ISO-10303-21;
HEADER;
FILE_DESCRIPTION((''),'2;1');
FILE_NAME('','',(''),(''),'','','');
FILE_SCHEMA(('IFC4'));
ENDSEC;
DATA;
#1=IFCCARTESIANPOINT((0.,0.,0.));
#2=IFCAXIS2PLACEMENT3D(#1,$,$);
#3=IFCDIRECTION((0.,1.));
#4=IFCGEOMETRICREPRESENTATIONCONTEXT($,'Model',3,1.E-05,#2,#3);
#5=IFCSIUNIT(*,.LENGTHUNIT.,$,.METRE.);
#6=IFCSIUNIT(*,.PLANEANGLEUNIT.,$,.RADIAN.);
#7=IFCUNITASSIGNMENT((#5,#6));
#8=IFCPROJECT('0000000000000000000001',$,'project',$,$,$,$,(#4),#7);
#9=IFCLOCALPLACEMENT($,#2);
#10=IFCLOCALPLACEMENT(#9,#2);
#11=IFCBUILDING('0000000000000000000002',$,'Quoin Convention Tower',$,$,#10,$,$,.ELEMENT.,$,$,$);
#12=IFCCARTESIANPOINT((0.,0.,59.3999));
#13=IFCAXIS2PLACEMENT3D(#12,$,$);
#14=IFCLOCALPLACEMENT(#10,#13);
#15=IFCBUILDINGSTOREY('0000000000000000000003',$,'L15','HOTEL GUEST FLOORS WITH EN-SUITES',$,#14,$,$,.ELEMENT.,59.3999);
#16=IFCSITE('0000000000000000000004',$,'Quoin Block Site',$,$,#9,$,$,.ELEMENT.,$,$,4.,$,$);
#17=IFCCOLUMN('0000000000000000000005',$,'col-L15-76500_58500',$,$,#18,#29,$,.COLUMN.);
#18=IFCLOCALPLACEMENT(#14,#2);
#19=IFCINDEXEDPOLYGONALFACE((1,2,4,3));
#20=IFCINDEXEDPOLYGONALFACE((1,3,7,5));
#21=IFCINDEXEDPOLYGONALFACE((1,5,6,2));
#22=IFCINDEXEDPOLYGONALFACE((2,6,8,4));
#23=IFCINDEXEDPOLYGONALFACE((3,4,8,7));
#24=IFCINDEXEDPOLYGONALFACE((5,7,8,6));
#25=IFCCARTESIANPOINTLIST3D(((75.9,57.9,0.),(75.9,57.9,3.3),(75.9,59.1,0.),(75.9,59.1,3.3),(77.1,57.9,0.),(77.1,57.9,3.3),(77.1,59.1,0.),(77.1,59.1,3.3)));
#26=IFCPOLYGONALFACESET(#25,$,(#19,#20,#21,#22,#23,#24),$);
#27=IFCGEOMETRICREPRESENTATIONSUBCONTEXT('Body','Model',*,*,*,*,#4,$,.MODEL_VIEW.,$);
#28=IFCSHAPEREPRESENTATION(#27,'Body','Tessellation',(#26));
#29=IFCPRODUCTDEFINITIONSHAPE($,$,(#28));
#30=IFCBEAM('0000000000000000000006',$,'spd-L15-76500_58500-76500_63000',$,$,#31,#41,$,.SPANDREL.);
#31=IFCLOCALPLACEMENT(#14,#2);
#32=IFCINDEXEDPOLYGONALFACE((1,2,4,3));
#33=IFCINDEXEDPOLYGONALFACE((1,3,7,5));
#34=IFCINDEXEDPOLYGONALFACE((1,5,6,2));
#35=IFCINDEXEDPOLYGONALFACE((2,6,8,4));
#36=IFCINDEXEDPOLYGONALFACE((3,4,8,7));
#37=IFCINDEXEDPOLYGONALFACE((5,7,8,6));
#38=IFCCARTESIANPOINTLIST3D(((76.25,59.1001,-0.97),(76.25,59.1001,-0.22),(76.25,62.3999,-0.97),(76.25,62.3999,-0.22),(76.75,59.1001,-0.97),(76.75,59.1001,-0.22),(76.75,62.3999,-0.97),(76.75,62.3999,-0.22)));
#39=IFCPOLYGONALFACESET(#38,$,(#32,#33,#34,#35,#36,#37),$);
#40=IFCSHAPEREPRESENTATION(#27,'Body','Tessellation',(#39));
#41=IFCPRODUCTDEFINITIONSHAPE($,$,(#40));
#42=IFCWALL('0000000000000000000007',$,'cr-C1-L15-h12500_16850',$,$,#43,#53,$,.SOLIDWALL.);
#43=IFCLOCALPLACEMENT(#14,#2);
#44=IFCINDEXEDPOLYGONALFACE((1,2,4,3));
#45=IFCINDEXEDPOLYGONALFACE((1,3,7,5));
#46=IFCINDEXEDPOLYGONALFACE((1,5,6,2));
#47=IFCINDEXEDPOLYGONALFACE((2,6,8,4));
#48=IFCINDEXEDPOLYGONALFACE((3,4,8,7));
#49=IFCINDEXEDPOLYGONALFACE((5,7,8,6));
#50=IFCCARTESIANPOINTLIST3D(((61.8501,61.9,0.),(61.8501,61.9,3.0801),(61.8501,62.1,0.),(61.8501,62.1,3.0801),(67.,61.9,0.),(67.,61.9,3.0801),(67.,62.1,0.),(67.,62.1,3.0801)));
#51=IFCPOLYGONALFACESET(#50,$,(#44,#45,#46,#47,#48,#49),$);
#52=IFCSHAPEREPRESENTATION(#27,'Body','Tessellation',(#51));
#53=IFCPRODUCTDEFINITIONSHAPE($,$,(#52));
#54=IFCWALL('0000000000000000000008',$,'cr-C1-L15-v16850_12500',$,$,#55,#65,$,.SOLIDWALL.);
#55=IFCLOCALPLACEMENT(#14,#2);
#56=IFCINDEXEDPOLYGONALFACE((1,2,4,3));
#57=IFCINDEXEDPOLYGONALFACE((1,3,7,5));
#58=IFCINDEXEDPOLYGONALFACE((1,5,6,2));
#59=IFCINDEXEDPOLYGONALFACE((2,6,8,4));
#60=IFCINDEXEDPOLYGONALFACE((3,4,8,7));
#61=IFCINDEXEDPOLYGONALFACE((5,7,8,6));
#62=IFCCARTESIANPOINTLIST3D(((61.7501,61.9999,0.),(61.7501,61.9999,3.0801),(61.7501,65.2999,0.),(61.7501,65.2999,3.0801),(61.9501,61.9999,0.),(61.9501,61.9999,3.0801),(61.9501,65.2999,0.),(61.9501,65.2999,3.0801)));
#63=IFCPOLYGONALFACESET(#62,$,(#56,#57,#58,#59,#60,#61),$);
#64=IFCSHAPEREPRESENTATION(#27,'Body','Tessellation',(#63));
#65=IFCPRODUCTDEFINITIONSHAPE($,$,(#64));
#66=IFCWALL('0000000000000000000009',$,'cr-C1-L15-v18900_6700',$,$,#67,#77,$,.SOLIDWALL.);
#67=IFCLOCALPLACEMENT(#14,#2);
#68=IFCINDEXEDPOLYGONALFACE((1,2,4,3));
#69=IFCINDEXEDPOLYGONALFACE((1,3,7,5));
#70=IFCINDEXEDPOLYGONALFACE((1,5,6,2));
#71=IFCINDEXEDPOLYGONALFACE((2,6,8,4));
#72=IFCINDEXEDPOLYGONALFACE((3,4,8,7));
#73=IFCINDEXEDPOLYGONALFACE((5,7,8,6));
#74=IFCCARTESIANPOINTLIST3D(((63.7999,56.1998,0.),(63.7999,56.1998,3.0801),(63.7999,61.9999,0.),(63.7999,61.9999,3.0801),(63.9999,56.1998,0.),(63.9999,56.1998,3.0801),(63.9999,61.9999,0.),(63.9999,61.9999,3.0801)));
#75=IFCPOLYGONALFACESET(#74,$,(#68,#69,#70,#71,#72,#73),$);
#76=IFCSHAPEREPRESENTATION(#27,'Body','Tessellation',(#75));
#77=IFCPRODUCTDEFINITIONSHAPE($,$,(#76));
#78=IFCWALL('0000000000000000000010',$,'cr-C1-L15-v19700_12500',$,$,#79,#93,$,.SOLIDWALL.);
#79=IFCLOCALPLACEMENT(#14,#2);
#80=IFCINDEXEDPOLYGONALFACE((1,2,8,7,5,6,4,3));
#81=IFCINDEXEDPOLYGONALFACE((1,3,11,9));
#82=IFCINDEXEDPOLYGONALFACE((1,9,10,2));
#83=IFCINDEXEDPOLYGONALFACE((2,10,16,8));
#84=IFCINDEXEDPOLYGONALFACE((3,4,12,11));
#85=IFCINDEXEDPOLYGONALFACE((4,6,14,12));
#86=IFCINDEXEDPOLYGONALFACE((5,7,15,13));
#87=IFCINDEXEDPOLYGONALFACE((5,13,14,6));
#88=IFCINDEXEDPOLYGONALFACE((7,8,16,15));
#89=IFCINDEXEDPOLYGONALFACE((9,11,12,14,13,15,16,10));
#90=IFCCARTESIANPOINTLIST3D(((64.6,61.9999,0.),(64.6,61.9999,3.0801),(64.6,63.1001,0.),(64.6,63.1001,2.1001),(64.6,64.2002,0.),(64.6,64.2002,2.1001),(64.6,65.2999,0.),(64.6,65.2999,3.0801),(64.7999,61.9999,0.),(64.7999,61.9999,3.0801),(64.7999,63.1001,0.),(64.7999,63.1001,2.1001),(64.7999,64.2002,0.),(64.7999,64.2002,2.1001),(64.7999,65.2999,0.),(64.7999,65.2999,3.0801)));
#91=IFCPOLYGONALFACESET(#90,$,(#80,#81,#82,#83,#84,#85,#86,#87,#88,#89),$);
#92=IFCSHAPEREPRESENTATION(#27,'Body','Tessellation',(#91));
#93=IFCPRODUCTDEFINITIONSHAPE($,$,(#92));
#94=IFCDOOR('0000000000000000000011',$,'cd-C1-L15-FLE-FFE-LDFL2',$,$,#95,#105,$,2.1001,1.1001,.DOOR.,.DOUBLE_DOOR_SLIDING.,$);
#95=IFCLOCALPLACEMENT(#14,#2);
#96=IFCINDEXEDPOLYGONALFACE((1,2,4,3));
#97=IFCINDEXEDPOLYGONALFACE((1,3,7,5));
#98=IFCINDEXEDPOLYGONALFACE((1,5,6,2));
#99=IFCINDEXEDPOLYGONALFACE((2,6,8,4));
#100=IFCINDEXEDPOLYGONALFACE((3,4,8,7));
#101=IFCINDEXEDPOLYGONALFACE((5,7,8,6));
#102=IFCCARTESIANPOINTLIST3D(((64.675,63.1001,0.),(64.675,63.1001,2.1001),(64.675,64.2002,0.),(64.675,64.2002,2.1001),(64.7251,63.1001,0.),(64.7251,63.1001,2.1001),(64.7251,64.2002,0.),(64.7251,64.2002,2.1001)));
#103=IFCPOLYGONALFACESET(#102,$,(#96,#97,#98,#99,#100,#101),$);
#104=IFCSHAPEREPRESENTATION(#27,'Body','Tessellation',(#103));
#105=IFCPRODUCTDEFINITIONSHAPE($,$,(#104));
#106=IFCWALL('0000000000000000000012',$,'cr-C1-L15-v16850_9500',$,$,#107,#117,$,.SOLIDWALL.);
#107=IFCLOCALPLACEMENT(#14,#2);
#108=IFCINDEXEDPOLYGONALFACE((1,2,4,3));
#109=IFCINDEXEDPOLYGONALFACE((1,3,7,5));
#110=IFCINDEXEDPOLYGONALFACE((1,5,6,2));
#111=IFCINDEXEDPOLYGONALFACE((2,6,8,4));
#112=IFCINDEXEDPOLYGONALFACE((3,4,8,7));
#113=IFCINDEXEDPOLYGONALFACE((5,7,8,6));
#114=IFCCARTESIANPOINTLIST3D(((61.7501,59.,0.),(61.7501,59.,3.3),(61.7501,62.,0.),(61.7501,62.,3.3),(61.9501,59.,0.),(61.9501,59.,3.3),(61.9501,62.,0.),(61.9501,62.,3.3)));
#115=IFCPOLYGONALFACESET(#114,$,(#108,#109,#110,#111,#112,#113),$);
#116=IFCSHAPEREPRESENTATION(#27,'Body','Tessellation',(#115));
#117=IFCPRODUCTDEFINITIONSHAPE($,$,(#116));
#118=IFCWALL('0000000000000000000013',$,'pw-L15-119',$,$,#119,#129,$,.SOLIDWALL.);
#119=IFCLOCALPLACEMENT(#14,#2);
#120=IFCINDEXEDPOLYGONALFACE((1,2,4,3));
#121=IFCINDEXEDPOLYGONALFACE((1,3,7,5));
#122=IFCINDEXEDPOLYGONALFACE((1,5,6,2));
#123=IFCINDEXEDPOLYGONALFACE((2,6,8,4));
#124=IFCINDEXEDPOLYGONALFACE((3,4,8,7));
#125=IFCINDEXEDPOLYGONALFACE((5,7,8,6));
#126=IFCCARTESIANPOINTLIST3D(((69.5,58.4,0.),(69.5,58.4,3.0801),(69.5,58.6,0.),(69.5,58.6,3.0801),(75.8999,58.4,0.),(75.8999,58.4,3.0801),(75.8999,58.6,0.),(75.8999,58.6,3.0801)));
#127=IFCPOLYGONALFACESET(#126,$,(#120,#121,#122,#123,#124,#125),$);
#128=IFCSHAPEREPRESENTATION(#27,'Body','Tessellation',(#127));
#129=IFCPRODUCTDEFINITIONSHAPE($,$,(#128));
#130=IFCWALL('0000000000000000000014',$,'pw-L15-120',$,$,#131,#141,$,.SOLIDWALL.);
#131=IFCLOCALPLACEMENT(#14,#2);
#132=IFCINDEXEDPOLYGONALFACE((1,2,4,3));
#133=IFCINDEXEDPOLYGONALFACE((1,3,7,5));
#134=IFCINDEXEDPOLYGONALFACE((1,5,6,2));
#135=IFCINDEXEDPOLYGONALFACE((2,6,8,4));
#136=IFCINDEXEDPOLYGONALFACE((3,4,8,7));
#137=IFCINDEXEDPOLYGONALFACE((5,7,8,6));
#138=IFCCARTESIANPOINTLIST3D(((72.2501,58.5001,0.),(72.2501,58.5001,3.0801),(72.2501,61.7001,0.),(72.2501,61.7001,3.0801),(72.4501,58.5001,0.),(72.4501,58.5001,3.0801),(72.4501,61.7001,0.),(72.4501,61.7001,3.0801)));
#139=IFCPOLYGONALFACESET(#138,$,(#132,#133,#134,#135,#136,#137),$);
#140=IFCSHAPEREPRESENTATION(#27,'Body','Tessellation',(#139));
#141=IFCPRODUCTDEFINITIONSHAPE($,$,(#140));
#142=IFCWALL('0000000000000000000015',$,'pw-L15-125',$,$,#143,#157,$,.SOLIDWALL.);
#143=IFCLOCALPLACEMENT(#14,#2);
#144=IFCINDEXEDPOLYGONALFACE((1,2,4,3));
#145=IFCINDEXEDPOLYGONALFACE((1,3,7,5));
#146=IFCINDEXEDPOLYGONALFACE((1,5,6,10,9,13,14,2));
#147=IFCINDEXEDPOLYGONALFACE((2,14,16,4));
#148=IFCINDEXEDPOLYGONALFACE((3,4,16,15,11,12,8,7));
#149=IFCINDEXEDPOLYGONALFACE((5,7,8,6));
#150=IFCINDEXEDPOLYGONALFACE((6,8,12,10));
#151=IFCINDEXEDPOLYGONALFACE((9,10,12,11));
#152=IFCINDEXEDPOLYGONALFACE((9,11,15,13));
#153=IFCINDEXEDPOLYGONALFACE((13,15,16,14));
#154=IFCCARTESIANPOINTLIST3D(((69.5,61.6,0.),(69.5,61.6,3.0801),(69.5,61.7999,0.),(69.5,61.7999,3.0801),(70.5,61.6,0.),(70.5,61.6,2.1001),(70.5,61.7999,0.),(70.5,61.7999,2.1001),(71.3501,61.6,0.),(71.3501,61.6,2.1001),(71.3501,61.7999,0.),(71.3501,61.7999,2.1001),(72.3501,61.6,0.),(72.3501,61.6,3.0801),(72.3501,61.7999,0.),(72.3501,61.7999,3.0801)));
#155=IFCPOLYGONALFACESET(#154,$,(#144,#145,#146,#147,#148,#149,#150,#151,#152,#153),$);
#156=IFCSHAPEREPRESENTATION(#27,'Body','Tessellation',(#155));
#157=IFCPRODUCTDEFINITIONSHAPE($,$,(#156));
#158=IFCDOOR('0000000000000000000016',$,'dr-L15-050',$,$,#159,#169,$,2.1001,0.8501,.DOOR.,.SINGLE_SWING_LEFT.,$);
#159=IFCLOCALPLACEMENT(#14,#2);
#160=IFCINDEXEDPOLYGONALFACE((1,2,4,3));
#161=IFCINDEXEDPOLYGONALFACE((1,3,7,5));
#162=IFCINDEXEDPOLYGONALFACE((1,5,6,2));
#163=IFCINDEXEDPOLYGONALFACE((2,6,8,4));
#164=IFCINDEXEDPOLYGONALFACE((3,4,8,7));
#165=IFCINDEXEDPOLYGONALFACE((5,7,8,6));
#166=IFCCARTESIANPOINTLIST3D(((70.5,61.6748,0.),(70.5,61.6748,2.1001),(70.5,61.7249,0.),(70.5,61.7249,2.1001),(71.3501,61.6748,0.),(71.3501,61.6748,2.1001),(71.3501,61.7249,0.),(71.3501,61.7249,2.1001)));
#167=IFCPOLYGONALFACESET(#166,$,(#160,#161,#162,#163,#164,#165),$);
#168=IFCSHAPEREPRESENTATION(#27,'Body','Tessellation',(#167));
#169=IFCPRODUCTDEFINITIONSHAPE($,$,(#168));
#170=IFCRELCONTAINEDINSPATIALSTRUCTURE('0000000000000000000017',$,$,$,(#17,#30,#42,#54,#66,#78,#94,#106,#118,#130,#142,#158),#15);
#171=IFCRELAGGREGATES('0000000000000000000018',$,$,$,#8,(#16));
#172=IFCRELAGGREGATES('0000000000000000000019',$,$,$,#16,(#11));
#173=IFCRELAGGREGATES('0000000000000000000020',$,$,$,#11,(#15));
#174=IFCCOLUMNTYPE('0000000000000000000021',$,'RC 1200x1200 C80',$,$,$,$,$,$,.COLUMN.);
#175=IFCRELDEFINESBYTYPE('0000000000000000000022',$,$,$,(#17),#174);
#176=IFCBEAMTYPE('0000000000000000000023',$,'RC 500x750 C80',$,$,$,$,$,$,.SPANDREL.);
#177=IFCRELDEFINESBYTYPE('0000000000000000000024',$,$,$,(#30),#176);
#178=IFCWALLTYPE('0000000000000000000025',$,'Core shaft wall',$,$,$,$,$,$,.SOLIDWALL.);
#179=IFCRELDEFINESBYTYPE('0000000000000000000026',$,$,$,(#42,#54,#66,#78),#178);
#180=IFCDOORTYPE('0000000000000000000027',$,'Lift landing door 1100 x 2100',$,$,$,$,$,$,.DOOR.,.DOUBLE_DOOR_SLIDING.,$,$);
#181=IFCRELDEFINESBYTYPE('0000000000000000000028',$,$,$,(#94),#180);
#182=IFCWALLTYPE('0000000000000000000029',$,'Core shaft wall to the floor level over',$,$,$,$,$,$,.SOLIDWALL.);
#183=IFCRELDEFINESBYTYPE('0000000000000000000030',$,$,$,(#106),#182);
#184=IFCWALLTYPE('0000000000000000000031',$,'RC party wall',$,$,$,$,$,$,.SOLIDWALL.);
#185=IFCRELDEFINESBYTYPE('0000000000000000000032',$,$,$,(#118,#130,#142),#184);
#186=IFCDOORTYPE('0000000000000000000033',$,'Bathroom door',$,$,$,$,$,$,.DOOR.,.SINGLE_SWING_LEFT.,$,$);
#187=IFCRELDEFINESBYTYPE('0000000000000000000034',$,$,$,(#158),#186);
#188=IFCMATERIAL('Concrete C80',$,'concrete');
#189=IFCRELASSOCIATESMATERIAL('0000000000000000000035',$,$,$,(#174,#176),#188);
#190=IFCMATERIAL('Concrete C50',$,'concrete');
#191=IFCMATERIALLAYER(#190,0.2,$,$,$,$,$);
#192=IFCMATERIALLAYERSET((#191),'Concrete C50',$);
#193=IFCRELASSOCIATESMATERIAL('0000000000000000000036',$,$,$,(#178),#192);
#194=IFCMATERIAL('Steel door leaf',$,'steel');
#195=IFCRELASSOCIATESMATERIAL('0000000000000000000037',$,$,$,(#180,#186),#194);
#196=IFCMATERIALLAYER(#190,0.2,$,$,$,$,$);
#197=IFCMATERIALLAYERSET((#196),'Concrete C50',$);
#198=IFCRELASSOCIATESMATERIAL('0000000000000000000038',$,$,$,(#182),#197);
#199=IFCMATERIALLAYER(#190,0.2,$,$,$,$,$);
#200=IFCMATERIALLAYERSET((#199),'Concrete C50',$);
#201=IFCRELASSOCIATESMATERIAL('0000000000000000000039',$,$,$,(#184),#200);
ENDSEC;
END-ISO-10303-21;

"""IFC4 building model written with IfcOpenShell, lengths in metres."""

from ifc_helpers import new_model, si_unit, direction, frame, frame_2d, origin, origin_2d, place, context, subcontext, project, spatial, rectangle, extrude, material, layer, layer_set, material_profile, profile_set, type_object, element, fill, save


model = new_model("IFC4")

# Units and contexts
model_context = context("Model", 3, precision=1e-05, world=origin(), true_north=direction((0.0, 1.0)))
body_context = subcontext(model_context, "Body", "Model", "MODEL_VIEW")
ifc_project = project(units=[si_unit("LENGTHUNIT", "METRE"), si_unit("PLANEANGLEUNIT", "RADIAN")], contexts=[model_context])

# Site, building, storey
site_placement = place(None, origin())
site = spatial("IfcSite", under=ifc_project, at=site_placement, Name="Quoin Block Site", CompositionType="ELEMENT", RefElevation=4.0)
building_placement = place(site_placement, origin())
building = spatial("IfcBuilding", under=site, at=building_placement, Name="Quoin Convention Tower", CompositionType="ELEMENT")
storey_placement = place(building_placement, frame((0.0, 0.0, 59.3999)))
storey = spatial("IfcBuildingStorey", under=building, at=storey_placement, Name="L15", Description="HOTEL GUEST FLOORS WITH EN-SUITES", CompositionType="ELEMENT", Elevation=59.3999)

# Column
ifc_material_1 = material(Name="Concrete C80", Category="concrete")
ifc_material_profile_1 = material_profile(ifc_material_1, rectangle(XDim=1.2, YDim=1.2, at=origin_2d()), Name="RC 1200x1200")
ifc_profile_set_1 = profile_set([ifc_material_profile_1], Name="Concrete C80")
column_type = type_object("IfcColumnType", Name="RC 1200x1200 C80", PredefinedType="COLUMN", material=ifc_profile_set_1)
column_placement = place(storey_placement, frame((76.5, 58.5, 0.0), z_axis=(0.0, 0.0, 1.0), x_axis=(1.0, 0.0, 0.0)))
element("IfcColumn", 1, at=column_placement, inside=storey, type_object=column_type, Name="col-L15-76500_58500", PredefinedType="COLUMN", context=body_context, shape_type="SweptSolid", body=[
    extrude(rectangle(XDim=1.2, YDim=1.2, at=origin_2d()), origin(), (0.0, 0.0, 1.0), 3.3),
])

# Beam
ifc_material_profile_2 = material_profile(ifc_material_1, rectangle(XDim=0.5, YDim=0.75, at=origin_2d()), Name="RC 500x750")
ifc_profile_set_2 = profile_set([ifc_material_profile_2], Name="Concrete C80")
beam_type = type_object("IfcBeamType", Name="RC 500x750 C80", PredefinedType="SPANDREL", material=ifc_profile_set_2)
beam_placement = place(storey_placement, frame((76.5, 59.1001, -0.595), z_axis=(0.0, 1.0, 0.0), x_axis=(-1.0, 0.0, 0.0)))
element("IfcBeam", 2, at=beam_placement, inside=storey, type_object=beam_type, Name="spd-L15-76500_58500-76500_63000", PredefinedType="SPANDREL", context=body_context, shape_type="SweptSolid", body=[
    extrude(rectangle(XDim=0.5, YDim=0.75, at=origin_2d()), origin(), (0.0, 0.0, 1.0), 3.2998),
])

# Walls
ifc_material_2 = material(Name="Concrete C50", Category="concrete")
ifc_layer_1 = layer(ifc_material_2, 0.2)
ifc_layer_set_1 = layer_set([ifc_layer_1], Name="Concrete C50")
wall_type_1 = type_object("IfcWallType", Name="Core shaft wall", PredefinedType="SOLIDWALL", material=ifc_layer_set_1)
wall_1_placement = place(storey_placement, frame((61.8501, 62.0, 0.0), z_axis=(0.0, 0.0, 1.0), x_axis=(1.0, 0.0, 0.0)))
element("IfcWall", 3, at=wall_1_placement, inside=storey, type_object=wall_type_1, Name="cr-C1-L15-h12500_16850", PredefinedType="SOLIDWALL", context=body_context, shape_type="SweptSolid", body=[
    extrude(rectangle(XDim=5.1499, YDim=0.2, at=frame_2d((2.575, 0.0))), origin(), (0.0, 0.0, 1.0), 3.0801),
])
wall_2_placement = place(storey_placement, frame((61.8501, 62.0, 0.0), z_axis=(0.0, 0.0, 1.0), x_axis=(0.0, 1.0, 0.0)))
element("IfcWall", 4, at=wall_2_placement, inside=storey, type_object=wall_type_1, Name="cr-C1-L15-v16850_12500", PredefinedType="SOLIDWALL", context=body_context, shape_type="SweptSolid", body=[
    extrude(rectangle(XDim=3.3, YDim=0.2, at=frame_2d((1.6499, 0.0))), origin(), (0.0, 0.0, 1.0), 3.0801),
])
wall_3_placement = place(storey_placement, frame((63.8999, 56.2, 0.0), z_axis=(0.0, 0.0, 1.0), x_axis=(0.0, 1.0, 0.0)))
element("IfcWall", 5, at=wall_3_placement, inside=storey, type_object=wall_type_1, Name="cr-C1-L15-v18900_6700", PredefinedType="SOLIDWALL", context=body_context, shape_type="SweptSolid", body=[
    extrude(rectangle(XDim=5.8, YDim=0.2, at=frame_2d((2.8999, 0.0))), origin(), (0.0, 0.0, 1.0), 3.0801),
])

# Wall, opening, door
wall_4_placement = place(storey_placement, frame((64.7, 62.0, 0.0), z_axis=(0.0, 0.0, 1.0), x_axis=(0.0, 1.0, 0.0)))
wall_4 = element("IfcWall", 6, at=wall_4_placement, inside=storey, type_object=wall_type_1, Name="cr-C1-L15-v19700_12500", PredefinedType="SOLIDWALL", context=body_context, shape_type="SweptSolid", body=[
    extrude(rectangle(XDim=3.3, YDim=0.2, at=frame_2d((1.6499, 0.0))), origin(), (0.0, 0.0, 1.0), 3.0801),
])
opening_1_placement = place(wall_4_placement, frame((1.1001, 0.0, 0.0)))
opening_1 = element("IfcOpeningElement", 7, at=opening_1_placement, cuts=wall_4, PredefinedType="OPENING", context=body_context, shape_type="SweptSolid", body=[
    extrude(rectangle(XDim=1.1001, YDim=2.1001, at=frame_2d((0.55, 1.05))), frame((0.0, 0.1099, 0.0), z_axis=(0.0, -1.0, 0.0), x_axis=(1.0, 0.0, 0.0)), (0.0, 0.0, 1.0), 0.22),
])
ifc_material_3 = material(Name="Steel door leaf", Category="steel")
door_type_1 = type_object("IfcDoorType", Name="Lift landing door 1100 x 2100", OperationType="DOUBLE_DOOR_SLIDING", PredefinedType="DOOR", material=ifc_material_3)
door_1_placement = place(opening_1_placement, origin())
door_1 = element("IfcDoor", 8, at=door_1_placement, inside=storey, type_object=door_type_1, Name="cd-C1-L15-FLE-FFE-LDFL2", OperationType="DOUBLE_DOOR_SLIDING", OverallHeight=2.1001, OverallWidth=1.1001, PredefinedType="DOOR", context=body_context, shape_type="SweptSolid", body=[
    extrude(rectangle(XDim=1.1001, YDim=2.1001, at=frame_2d((0.55, 1.05))), frame((0.0, 0.0249, 0.0), z_axis=(0.0, -1.0, 0.0), x_axis=(1.0, 0.0, 0.0)), (0.0, 0.0, 1.0), 0.05),
])
fill(opening_1, door_1)

# Walls
ifc_layer_2 = layer(ifc_material_2, 0.2)
ifc_layer_set_2 = layer_set([ifc_layer_2], Name="Concrete C50")
wall_type_2 = type_object("IfcWallType", Name="Core shaft wall to the floor level over", PredefinedType="SOLIDWALL", material=ifc_layer_set_2)
wall_5_placement = place(storey_placement, frame((61.8501, 59.0, 0.0), z_axis=(0.0, 0.0, 1.0), x_axis=(0.0, 1.0, 0.0)))
element("IfcWall", 9, at=wall_5_placement, inside=storey, type_object=wall_type_2, Name="cr-C1-L15-v16850_9500", PredefinedType="SOLIDWALL", context=body_context, shape_type="SweptSolid", body=[
    extrude(rectangle(XDim=3.0, YDim=0.2, at=frame_2d((1.5, 0.0))), origin(), (0.0, 0.0, 1.0), 3.3),
])
ifc_layer_3 = layer(ifc_material_2, 0.2)
ifc_layer_set_3 = layer_set([ifc_layer_3], Name="Concrete C50")
wall_type_3 = type_object("IfcWallType", Name="RC party wall", PredefinedType="SOLIDWALL", material=ifc_layer_set_3)
wall_6_placement = place(storey_placement, frame((69.5, 58.5, 0.0), z_axis=(0.0, 0.0, 1.0), x_axis=(1.0, 0.0, 0.0)))
element("IfcWall", 10, at=wall_6_placement, inside=storey, type_object=wall_type_3, Name="pw-L15-119", PredefinedType="SOLIDWALL", context=body_context, shape_type="SweptSolid", body=[
    extrude(rectangle(XDim=6.3999, YDim=0.2, at=frame_2d((3.2, 0.0))), origin(), (0.0, 0.0, 1.0), 3.0801),
])
wall_7_placement = place(storey_placement, frame((72.3501, 58.5, 0.0), z_axis=(0.0, 0.0, 1.0), x_axis=(0.0, 1.0, 0.0)))
element("IfcWall", 11, at=wall_7_placement, inside=storey, type_object=wall_type_3, Name="pw-L15-120", PredefinedType="SOLIDWALL", context=body_context, shape_type="SweptSolid", body=[
    extrude(rectangle(XDim=3.2, YDim=0.2, at=frame_2d((1.6001, 0.0))), origin(), (0.0, 0.0, 1.0), 3.0801),
])

# Wall, opening, door
wall_8_placement = place(storey_placement, frame((69.5, 61.7, 0.0), z_axis=(0.0, 0.0, 1.0), x_axis=(1.0, 0.0, 0.0)))
wall_8 = element("IfcWall", 12, at=wall_8_placement, inside=storey, type_object=wall_type_3, Name="pw-L15-125", PredefinedType="SOLIDWALL", context=body_context, shape_type="SweptSolid", body=[
    extrude(rectangle(XDim=2.8501, YDim=0.2, at=frame_2d((1.425, 0.0))), origin(), (0.0, 0.0, 1.0), 3.0801),
])
opening_2_placement = place(wall_8_placement, frame((1.0, 0.0, 0.0)))
opening_2 = element("IfcOpeningElement", 13, at=opening_2_placement, cuts=wall_8, PredefinedType="OPENING", context=body_context, shape_type="SweptSolid", body=[
    extrude(rectangle(XDim=0.8501, YDim=2.1001, at=frame_2d((0.425, 1.05))), frame((0.0, 0.1099, 0.0), z_axis=(0.0, -1.0, 0.0), x_axis=(1.0, 0.0, 0.0)), (0.0, 0.0, 1.0), 0.22),
])
door_type_2 = type_object("IfcDoorType", Name="Bathroom door", OperationType="SINGLE_SWING_LEFT", PredefinedType="DOOR", material=ifc_material_3)
door_2_placement = place(opening_2_placement, origin())
door_2 = element("IfcDoor", 14, at=door_2_placement, inside=storey, type_object=door_type_2, Name="dr-L15-050", OperationType="SINGLE_SWING_LEFT", OverallHeight=2.1001, OverallWidth=0.8501, PredefinedType="DOOR", context=body_context, shape_type="SweptSolid", body=[
    extrude(rectangle(XDim=0.8501, YDim=2.1001, at=frame_2d((0.425, 1.05))), frame((0.0, 0.0249, 0.0), z_axis=(0.0, -1.0, 0.0), x_axis=(1.0, 0.0, 0.0)), (0.0, 0.0, 1.0), 0.05),
])
fill(opening_2, door_2)

save(model, "model.ifc")
